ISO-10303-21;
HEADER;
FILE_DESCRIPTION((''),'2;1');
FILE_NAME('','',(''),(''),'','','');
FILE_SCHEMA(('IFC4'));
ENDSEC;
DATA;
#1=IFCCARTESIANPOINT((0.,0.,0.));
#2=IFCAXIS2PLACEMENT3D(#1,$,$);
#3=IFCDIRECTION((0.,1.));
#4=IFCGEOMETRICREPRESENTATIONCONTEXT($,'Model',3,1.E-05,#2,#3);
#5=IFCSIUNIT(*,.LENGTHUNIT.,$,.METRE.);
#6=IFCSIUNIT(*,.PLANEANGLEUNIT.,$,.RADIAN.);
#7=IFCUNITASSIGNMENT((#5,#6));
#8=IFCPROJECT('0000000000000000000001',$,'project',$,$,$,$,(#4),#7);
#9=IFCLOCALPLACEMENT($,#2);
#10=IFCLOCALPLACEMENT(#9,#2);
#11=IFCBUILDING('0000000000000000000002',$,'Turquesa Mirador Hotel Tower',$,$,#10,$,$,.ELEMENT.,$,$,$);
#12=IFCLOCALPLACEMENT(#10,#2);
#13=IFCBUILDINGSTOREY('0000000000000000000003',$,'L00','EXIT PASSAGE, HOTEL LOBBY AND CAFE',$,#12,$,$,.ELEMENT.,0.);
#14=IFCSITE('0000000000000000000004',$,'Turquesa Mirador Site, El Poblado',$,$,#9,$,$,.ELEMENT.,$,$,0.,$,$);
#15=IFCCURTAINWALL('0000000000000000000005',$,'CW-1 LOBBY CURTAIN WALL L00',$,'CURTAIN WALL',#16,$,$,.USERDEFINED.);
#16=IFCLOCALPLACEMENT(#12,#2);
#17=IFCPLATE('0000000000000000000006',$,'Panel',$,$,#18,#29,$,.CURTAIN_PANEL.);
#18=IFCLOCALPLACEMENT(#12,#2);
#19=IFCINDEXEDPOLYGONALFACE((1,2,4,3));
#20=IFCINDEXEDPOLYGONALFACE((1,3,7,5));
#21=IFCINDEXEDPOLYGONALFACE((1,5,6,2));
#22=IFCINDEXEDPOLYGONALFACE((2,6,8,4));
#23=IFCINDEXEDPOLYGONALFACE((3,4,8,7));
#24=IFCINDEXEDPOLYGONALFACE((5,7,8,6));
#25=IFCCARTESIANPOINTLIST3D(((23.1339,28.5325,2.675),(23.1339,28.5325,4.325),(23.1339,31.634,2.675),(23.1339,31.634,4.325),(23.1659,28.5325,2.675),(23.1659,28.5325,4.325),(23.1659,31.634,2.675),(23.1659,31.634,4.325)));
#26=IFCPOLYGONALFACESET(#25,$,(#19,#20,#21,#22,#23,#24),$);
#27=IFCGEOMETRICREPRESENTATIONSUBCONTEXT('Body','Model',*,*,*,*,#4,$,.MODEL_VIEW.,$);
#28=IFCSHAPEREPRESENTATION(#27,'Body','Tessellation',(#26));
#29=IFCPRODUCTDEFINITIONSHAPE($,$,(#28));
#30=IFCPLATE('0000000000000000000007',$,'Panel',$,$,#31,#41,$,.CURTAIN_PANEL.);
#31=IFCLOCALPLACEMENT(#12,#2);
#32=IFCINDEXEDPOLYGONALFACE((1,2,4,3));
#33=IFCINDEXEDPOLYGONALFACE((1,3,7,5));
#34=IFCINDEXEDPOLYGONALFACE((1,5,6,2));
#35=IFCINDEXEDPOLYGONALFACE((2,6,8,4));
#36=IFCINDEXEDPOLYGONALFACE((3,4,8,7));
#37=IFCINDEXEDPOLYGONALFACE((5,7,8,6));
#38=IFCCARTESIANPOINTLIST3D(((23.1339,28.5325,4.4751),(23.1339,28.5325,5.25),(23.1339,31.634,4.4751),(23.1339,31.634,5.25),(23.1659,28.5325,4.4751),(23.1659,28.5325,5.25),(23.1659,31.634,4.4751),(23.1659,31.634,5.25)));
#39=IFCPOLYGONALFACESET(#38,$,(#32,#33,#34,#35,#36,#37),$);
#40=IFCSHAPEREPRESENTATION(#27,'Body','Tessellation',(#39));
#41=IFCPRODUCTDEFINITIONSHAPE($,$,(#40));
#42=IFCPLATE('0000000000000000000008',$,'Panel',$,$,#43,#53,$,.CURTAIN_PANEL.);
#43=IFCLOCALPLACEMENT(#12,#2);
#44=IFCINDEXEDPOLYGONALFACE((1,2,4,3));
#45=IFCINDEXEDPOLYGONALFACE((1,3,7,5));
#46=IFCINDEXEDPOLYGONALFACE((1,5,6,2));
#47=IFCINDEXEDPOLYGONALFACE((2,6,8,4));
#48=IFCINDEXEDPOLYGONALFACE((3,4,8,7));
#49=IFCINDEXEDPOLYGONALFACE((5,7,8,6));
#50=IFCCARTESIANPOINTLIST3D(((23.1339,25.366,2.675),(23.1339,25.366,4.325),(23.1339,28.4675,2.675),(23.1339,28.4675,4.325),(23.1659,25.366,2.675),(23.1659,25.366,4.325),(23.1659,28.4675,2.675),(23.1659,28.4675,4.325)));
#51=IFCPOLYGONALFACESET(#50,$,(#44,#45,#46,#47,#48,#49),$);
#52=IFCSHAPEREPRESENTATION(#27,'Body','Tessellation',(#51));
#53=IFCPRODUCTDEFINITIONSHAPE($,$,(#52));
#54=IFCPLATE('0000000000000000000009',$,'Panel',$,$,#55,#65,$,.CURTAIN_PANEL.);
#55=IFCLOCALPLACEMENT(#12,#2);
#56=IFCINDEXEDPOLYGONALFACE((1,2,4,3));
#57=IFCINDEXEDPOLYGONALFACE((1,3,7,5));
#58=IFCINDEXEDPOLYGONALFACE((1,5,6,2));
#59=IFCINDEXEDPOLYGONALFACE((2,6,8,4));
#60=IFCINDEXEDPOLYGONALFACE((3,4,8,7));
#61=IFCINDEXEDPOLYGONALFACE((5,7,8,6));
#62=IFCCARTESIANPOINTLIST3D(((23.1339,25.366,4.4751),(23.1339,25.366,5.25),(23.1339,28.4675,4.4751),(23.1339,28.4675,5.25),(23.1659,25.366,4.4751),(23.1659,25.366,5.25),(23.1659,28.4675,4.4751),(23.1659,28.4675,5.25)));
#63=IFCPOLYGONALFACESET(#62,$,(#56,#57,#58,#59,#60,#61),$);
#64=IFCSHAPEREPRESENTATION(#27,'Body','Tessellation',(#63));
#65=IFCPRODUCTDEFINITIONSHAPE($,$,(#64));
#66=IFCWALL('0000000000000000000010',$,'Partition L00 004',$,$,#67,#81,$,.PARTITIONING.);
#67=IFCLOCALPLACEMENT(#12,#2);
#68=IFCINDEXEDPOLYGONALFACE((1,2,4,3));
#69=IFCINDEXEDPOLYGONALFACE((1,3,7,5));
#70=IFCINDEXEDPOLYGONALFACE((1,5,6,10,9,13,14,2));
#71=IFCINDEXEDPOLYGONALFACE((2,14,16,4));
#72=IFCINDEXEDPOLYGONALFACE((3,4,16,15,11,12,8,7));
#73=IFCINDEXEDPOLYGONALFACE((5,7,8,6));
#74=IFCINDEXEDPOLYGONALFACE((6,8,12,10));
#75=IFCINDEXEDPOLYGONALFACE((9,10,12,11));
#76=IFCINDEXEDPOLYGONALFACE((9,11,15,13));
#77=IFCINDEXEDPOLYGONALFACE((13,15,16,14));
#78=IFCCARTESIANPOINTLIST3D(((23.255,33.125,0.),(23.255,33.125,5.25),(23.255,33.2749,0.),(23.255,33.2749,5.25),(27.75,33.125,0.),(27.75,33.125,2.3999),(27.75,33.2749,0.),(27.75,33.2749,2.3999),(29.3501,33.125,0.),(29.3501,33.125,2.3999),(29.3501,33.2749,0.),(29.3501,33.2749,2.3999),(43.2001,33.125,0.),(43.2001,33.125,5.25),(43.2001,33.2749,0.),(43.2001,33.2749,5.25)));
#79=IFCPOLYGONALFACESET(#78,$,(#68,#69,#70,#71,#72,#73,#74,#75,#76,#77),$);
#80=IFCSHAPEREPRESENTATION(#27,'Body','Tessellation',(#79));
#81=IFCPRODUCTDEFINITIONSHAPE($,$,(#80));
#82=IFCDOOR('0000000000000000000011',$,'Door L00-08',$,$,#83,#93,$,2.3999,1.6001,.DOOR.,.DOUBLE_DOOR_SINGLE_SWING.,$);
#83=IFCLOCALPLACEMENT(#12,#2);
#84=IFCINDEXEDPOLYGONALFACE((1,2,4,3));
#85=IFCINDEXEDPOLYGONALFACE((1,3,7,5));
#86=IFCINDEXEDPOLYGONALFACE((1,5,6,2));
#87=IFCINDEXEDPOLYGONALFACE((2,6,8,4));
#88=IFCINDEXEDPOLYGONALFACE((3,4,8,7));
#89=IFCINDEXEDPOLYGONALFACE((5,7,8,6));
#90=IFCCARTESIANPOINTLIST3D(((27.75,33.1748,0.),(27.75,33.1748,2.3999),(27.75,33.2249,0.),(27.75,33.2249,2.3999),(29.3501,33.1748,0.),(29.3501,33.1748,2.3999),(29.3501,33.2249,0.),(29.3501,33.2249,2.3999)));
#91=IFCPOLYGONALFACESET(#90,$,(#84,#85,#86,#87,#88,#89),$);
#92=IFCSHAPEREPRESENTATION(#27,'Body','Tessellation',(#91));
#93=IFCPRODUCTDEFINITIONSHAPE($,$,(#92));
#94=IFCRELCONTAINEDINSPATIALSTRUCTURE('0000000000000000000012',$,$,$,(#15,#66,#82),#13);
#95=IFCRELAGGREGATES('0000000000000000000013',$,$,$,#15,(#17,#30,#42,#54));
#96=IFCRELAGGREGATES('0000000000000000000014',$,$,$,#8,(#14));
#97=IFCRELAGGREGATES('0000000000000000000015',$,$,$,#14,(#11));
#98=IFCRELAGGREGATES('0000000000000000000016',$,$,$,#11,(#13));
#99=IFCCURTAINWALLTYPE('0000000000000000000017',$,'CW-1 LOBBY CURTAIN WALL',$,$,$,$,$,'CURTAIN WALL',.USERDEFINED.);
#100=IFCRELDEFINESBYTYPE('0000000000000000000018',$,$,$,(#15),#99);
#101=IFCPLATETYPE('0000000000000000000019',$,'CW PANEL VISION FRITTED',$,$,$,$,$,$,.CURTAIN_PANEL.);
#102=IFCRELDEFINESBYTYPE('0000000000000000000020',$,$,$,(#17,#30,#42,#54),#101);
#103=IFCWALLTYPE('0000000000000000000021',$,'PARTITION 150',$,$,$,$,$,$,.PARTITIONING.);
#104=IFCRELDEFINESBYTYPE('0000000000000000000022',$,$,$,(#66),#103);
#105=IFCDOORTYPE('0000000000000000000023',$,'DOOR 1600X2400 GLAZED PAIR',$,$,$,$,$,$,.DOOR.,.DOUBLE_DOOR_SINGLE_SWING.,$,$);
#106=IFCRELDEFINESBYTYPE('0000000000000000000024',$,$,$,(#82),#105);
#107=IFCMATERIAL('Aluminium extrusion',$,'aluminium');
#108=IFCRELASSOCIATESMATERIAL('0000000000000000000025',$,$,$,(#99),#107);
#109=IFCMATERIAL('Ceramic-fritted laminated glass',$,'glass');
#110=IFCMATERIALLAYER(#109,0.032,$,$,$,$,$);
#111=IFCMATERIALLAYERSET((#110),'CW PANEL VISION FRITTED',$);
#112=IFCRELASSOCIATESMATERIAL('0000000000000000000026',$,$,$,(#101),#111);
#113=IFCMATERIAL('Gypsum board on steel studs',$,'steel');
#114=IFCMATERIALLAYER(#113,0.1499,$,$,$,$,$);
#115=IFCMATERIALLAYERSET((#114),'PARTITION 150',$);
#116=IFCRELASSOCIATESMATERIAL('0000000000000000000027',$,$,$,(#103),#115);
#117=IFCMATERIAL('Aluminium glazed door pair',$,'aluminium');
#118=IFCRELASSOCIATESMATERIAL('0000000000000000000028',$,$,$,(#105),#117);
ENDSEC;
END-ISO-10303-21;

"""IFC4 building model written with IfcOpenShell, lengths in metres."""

from ifc_helpers import new_model, si_unit, direction, frame, frame_2d, origin, origin_2d, place, context, subcontext, project, spatial, rectangle, extrude, material, layer, layer_set, type_object, element, fill, aggregate, save


model = new_model("IFC4")

# Units and contexts
model_context = context("Model", 3, precision=1e-05, world=origin(), true_north=direction((0.0, 1.0)))
body_context = subcontext(model_context, "Body", "Model", "MODEL_VIEW")
ifc_project = project(units=[si_unit("LENGTHUNIT", "METRE"), si_unit("PLANEANGLEUNIT", "RADIAN")], contexts=[model_context])

# Site, building, storey
site_placement = place(None, origin())
site = spatial("IfcSite", under=ifc_project, at=site_placement, Name="Turquesa Mirador Site, El Poblado", CompositionType="ELEMENT", RefElevation=0.0)
building_placement = place(site_placement, origin())
building = spatial("IfcBuilding", under=site, at=building_placement, Name="Turquesa Mirador Hotel Tower", CompositionType="ELEMENT")
storey_placement = place(building_placement, origin())
storey = spatial("IfcBuildingStorey", under=building, at=storey_placement, Name="L00", Description="EXIT PASSAGE, HOTEL LOBBY AND CAFE", CompositionType="ELEMENT", Elevation=0.0)

# Shared definitions
ifc_material_1 = material(Name="Aluminium extrusion", Category="aluminium")
curtain_wall_type = type_object("IfcCurtainWallType", Name="CW-1 LOBBY CURTAIN WALL", ElementType="CURTAIN WALL", PredefinedType="USERDEFINED", material=ifc_material_1)

# Curtain wall
curtain_wall_1_placement = place(storey_placement, origin())
curtain_wall_1 = element("IfcCurtainWall", 1, at=curtain_wall_1_placement, inside=storey, type_object=curtain_wall_type, Name="CW-1 LOBBY CURTAIN WALL L00", ObjectType="CURTAIN WALL", PredefinedType="USERDEFINED")

# Plates
ifc_material_2 = material(Name="Ceramic-fritted laminated glass", Category="glass")
ifc_layer_1 = layer(ifc_material_2, 0.032)
ifc_layer_set_1 = layer_set([ifc_layer_1], Name="CW PANEL VISION FRITTED")
plate_type_1 = type_object("IfcPlateType", Name="CW PANEL VISION FRITTED", PredefinedType="CURTAIN_PANEL", material=ifc_layer_set_1)
plate_1_placement = place(storey_placement, frame((23.1499, 30.0833, 2.675), z_axis=(0.0, 0.0, 1.0), x_axis=(0.0, -1.0, 0.0)))
plate_1 = element("IfcPlate", 2, at=plate_1_placement, type_object=plate_type_1, Name="Panel", PredefinedType="CURTAIN_PANEL", context=body_context, shape_type="SweptSolid", body=[
    extrude(rectangle(XDim=3.1016, YDim=0.032, at=origin_2d()), origin(), (0.0, 0.0, 1.0), 1.6499),
])
plate_2_placement = place(storey_placement, frame((23.1499, 30.0833, 4.4751), z_axis=(0.0, 0.0, 1.0), x_axis=(0.0, -1.0, 0.0)))
plate_2 = element("IfcPlate", 3, at=plate_2_placement, type_object=plate_type_1, Name="Panel", PredefinedType="CURTAIN_PANEL", context=body_context, shape_type="SweptSolid", body=[
    extrude(rectangle(XDim=3.1016, YDim=0.032, at=origin_2d()), origin(), (0.0, 0.0, 1.0), 0.7749),
])
plate_3_placement = place(storey_placement, frame((23.1499, 26.9167, 2.675), z_axis=(0.0, 0.0, 1.0), x_axis=(0.0, -1.0, 0.0)))
plate_3 = element("IfcPlate", 4, at=plate_3_placement, type_object=plate_type_1, Name="Panel", PredefinedType="CURTAIN_PANEL", context=body_context, shape_type="SweptSolid", body=[
    extrude(rectangle(XDim=3.1016, YDim=0.032, at=origin_2d()), origin(), (0.0, 0.0, 1.0), 1.6499),
])
plate_4_placement = place(storey_placement, frame((23.1499, 26.9167, 4.4751), z_axis=(0.0, 0.0, 1.0), x_axis=(0.0, -1.0, 0.0)))
plate_4 = element("IfcPlate", 5, at=plate_4_placement, type_object=plate_type_1, Name="Panel", PredefinedType="CURTAIN_PANEL", context=body_context, shape_type="SweptSolid", body=[
    extrude(rectangle(XDim=3.1016, YDim=0.032, at=origin_2d()), origin(), (0.0, 0.0, 1.0), 0.7749),
])
aggregate(curtain_wall_1, [plate_1, plate_2, plate_3, plate_4])

# Wall, opening, door
ifc_material_3 = material(Name="Gypsum board on steel studs", Category="steel")
ifc_layer_2 = layer(ifc_material_3, 0.1499)
ifc_layer_set_2 = layer_set([ifc_layer_2], Name="PARTITION 150")
wall_type_1 = type_object("IfcWallType", Name="PARTITION 150", PredefinedType="PARTITIONING", material=ifc_layer_set_2)
wall_1_placement = place(storey_placement, frame((23.2549, 33.2, 0.0), z_axis=(0.0, 0.0, 1.0), x_axis=(1.0, 0.0, 0.0)))
wall_1 = element("IfcWall", 6, at=wall_1_placement, inside=storey, type_object=wall_type_1, Name="Partition L00 004", PredefinedType="PARTITIONING", context=body_context, shape_type="SweptSolid", body=[
    extrude(rectangle(XDim=19.9451, YDim=0.1499, at=frame_2d((9.9727, 0.0))), origin(), (0.0, 0.0, 1.0), 5.25),
])
opening_1_placement = place(wall_1_placement, frame((4.4951, 0.0, 0.0)))
opening_1 = element("IfcOpeningElement", 7, at=opening_1_placement, cuts=wall_1, PredefinedType="OPENING", context=body_context, shape_type="SweptSolid", body=[
    extrude(rectangle(XDim=1.6001, YDim=2.3999, at=frame_2d((0.8, 1.2))), frame((0.0, 0.085, 0.0), z_axis=(0.0, -1.0, 0.0), x_axis=(1.0, 0.0, 0.0)), (0.0, 0.0, 1.0), 0.1699),
])
ifc_material_4 = material(Name="Aluminium glazed door pair", Category="aluminium")
door_type_1 = type_object("IfcDoorType", Name="DOOR 1600X2400 GLAZED PAIR", OperationType="DOUBLE_DOOR_SINGLE_SWING", PredefinedType="DOOR", material=ifc_material_4)
door_1_placement = place(opening_1_placement, origin())
door_1 = element("IfcDoor", 8, at=door_1_placement, inside=storey, type_object=door_type_1, Name="Door L00-08", OperationType="DOUBLE_DOOR_SINGLE_SWING", OverallHeight=2.3999, OverallWidth=1.6001, PredefinedType="DOOR", context=body_context, shape_type="SweptSolid", body=[
    extrude(rectangle(XDim=1.6001, YDim=2.3999, at=frame_2d((0.8, 1.2))), frame((0.0, 0.0249, 0.0), z_axis=(0.0, -1.0, 0.0), x_axis=(1.0, 0.0, 0.0)), (0.0, 0.0, 1.0), 0.05),
])
fill(opening_1, door_1)

save(model, "model.ifc")
